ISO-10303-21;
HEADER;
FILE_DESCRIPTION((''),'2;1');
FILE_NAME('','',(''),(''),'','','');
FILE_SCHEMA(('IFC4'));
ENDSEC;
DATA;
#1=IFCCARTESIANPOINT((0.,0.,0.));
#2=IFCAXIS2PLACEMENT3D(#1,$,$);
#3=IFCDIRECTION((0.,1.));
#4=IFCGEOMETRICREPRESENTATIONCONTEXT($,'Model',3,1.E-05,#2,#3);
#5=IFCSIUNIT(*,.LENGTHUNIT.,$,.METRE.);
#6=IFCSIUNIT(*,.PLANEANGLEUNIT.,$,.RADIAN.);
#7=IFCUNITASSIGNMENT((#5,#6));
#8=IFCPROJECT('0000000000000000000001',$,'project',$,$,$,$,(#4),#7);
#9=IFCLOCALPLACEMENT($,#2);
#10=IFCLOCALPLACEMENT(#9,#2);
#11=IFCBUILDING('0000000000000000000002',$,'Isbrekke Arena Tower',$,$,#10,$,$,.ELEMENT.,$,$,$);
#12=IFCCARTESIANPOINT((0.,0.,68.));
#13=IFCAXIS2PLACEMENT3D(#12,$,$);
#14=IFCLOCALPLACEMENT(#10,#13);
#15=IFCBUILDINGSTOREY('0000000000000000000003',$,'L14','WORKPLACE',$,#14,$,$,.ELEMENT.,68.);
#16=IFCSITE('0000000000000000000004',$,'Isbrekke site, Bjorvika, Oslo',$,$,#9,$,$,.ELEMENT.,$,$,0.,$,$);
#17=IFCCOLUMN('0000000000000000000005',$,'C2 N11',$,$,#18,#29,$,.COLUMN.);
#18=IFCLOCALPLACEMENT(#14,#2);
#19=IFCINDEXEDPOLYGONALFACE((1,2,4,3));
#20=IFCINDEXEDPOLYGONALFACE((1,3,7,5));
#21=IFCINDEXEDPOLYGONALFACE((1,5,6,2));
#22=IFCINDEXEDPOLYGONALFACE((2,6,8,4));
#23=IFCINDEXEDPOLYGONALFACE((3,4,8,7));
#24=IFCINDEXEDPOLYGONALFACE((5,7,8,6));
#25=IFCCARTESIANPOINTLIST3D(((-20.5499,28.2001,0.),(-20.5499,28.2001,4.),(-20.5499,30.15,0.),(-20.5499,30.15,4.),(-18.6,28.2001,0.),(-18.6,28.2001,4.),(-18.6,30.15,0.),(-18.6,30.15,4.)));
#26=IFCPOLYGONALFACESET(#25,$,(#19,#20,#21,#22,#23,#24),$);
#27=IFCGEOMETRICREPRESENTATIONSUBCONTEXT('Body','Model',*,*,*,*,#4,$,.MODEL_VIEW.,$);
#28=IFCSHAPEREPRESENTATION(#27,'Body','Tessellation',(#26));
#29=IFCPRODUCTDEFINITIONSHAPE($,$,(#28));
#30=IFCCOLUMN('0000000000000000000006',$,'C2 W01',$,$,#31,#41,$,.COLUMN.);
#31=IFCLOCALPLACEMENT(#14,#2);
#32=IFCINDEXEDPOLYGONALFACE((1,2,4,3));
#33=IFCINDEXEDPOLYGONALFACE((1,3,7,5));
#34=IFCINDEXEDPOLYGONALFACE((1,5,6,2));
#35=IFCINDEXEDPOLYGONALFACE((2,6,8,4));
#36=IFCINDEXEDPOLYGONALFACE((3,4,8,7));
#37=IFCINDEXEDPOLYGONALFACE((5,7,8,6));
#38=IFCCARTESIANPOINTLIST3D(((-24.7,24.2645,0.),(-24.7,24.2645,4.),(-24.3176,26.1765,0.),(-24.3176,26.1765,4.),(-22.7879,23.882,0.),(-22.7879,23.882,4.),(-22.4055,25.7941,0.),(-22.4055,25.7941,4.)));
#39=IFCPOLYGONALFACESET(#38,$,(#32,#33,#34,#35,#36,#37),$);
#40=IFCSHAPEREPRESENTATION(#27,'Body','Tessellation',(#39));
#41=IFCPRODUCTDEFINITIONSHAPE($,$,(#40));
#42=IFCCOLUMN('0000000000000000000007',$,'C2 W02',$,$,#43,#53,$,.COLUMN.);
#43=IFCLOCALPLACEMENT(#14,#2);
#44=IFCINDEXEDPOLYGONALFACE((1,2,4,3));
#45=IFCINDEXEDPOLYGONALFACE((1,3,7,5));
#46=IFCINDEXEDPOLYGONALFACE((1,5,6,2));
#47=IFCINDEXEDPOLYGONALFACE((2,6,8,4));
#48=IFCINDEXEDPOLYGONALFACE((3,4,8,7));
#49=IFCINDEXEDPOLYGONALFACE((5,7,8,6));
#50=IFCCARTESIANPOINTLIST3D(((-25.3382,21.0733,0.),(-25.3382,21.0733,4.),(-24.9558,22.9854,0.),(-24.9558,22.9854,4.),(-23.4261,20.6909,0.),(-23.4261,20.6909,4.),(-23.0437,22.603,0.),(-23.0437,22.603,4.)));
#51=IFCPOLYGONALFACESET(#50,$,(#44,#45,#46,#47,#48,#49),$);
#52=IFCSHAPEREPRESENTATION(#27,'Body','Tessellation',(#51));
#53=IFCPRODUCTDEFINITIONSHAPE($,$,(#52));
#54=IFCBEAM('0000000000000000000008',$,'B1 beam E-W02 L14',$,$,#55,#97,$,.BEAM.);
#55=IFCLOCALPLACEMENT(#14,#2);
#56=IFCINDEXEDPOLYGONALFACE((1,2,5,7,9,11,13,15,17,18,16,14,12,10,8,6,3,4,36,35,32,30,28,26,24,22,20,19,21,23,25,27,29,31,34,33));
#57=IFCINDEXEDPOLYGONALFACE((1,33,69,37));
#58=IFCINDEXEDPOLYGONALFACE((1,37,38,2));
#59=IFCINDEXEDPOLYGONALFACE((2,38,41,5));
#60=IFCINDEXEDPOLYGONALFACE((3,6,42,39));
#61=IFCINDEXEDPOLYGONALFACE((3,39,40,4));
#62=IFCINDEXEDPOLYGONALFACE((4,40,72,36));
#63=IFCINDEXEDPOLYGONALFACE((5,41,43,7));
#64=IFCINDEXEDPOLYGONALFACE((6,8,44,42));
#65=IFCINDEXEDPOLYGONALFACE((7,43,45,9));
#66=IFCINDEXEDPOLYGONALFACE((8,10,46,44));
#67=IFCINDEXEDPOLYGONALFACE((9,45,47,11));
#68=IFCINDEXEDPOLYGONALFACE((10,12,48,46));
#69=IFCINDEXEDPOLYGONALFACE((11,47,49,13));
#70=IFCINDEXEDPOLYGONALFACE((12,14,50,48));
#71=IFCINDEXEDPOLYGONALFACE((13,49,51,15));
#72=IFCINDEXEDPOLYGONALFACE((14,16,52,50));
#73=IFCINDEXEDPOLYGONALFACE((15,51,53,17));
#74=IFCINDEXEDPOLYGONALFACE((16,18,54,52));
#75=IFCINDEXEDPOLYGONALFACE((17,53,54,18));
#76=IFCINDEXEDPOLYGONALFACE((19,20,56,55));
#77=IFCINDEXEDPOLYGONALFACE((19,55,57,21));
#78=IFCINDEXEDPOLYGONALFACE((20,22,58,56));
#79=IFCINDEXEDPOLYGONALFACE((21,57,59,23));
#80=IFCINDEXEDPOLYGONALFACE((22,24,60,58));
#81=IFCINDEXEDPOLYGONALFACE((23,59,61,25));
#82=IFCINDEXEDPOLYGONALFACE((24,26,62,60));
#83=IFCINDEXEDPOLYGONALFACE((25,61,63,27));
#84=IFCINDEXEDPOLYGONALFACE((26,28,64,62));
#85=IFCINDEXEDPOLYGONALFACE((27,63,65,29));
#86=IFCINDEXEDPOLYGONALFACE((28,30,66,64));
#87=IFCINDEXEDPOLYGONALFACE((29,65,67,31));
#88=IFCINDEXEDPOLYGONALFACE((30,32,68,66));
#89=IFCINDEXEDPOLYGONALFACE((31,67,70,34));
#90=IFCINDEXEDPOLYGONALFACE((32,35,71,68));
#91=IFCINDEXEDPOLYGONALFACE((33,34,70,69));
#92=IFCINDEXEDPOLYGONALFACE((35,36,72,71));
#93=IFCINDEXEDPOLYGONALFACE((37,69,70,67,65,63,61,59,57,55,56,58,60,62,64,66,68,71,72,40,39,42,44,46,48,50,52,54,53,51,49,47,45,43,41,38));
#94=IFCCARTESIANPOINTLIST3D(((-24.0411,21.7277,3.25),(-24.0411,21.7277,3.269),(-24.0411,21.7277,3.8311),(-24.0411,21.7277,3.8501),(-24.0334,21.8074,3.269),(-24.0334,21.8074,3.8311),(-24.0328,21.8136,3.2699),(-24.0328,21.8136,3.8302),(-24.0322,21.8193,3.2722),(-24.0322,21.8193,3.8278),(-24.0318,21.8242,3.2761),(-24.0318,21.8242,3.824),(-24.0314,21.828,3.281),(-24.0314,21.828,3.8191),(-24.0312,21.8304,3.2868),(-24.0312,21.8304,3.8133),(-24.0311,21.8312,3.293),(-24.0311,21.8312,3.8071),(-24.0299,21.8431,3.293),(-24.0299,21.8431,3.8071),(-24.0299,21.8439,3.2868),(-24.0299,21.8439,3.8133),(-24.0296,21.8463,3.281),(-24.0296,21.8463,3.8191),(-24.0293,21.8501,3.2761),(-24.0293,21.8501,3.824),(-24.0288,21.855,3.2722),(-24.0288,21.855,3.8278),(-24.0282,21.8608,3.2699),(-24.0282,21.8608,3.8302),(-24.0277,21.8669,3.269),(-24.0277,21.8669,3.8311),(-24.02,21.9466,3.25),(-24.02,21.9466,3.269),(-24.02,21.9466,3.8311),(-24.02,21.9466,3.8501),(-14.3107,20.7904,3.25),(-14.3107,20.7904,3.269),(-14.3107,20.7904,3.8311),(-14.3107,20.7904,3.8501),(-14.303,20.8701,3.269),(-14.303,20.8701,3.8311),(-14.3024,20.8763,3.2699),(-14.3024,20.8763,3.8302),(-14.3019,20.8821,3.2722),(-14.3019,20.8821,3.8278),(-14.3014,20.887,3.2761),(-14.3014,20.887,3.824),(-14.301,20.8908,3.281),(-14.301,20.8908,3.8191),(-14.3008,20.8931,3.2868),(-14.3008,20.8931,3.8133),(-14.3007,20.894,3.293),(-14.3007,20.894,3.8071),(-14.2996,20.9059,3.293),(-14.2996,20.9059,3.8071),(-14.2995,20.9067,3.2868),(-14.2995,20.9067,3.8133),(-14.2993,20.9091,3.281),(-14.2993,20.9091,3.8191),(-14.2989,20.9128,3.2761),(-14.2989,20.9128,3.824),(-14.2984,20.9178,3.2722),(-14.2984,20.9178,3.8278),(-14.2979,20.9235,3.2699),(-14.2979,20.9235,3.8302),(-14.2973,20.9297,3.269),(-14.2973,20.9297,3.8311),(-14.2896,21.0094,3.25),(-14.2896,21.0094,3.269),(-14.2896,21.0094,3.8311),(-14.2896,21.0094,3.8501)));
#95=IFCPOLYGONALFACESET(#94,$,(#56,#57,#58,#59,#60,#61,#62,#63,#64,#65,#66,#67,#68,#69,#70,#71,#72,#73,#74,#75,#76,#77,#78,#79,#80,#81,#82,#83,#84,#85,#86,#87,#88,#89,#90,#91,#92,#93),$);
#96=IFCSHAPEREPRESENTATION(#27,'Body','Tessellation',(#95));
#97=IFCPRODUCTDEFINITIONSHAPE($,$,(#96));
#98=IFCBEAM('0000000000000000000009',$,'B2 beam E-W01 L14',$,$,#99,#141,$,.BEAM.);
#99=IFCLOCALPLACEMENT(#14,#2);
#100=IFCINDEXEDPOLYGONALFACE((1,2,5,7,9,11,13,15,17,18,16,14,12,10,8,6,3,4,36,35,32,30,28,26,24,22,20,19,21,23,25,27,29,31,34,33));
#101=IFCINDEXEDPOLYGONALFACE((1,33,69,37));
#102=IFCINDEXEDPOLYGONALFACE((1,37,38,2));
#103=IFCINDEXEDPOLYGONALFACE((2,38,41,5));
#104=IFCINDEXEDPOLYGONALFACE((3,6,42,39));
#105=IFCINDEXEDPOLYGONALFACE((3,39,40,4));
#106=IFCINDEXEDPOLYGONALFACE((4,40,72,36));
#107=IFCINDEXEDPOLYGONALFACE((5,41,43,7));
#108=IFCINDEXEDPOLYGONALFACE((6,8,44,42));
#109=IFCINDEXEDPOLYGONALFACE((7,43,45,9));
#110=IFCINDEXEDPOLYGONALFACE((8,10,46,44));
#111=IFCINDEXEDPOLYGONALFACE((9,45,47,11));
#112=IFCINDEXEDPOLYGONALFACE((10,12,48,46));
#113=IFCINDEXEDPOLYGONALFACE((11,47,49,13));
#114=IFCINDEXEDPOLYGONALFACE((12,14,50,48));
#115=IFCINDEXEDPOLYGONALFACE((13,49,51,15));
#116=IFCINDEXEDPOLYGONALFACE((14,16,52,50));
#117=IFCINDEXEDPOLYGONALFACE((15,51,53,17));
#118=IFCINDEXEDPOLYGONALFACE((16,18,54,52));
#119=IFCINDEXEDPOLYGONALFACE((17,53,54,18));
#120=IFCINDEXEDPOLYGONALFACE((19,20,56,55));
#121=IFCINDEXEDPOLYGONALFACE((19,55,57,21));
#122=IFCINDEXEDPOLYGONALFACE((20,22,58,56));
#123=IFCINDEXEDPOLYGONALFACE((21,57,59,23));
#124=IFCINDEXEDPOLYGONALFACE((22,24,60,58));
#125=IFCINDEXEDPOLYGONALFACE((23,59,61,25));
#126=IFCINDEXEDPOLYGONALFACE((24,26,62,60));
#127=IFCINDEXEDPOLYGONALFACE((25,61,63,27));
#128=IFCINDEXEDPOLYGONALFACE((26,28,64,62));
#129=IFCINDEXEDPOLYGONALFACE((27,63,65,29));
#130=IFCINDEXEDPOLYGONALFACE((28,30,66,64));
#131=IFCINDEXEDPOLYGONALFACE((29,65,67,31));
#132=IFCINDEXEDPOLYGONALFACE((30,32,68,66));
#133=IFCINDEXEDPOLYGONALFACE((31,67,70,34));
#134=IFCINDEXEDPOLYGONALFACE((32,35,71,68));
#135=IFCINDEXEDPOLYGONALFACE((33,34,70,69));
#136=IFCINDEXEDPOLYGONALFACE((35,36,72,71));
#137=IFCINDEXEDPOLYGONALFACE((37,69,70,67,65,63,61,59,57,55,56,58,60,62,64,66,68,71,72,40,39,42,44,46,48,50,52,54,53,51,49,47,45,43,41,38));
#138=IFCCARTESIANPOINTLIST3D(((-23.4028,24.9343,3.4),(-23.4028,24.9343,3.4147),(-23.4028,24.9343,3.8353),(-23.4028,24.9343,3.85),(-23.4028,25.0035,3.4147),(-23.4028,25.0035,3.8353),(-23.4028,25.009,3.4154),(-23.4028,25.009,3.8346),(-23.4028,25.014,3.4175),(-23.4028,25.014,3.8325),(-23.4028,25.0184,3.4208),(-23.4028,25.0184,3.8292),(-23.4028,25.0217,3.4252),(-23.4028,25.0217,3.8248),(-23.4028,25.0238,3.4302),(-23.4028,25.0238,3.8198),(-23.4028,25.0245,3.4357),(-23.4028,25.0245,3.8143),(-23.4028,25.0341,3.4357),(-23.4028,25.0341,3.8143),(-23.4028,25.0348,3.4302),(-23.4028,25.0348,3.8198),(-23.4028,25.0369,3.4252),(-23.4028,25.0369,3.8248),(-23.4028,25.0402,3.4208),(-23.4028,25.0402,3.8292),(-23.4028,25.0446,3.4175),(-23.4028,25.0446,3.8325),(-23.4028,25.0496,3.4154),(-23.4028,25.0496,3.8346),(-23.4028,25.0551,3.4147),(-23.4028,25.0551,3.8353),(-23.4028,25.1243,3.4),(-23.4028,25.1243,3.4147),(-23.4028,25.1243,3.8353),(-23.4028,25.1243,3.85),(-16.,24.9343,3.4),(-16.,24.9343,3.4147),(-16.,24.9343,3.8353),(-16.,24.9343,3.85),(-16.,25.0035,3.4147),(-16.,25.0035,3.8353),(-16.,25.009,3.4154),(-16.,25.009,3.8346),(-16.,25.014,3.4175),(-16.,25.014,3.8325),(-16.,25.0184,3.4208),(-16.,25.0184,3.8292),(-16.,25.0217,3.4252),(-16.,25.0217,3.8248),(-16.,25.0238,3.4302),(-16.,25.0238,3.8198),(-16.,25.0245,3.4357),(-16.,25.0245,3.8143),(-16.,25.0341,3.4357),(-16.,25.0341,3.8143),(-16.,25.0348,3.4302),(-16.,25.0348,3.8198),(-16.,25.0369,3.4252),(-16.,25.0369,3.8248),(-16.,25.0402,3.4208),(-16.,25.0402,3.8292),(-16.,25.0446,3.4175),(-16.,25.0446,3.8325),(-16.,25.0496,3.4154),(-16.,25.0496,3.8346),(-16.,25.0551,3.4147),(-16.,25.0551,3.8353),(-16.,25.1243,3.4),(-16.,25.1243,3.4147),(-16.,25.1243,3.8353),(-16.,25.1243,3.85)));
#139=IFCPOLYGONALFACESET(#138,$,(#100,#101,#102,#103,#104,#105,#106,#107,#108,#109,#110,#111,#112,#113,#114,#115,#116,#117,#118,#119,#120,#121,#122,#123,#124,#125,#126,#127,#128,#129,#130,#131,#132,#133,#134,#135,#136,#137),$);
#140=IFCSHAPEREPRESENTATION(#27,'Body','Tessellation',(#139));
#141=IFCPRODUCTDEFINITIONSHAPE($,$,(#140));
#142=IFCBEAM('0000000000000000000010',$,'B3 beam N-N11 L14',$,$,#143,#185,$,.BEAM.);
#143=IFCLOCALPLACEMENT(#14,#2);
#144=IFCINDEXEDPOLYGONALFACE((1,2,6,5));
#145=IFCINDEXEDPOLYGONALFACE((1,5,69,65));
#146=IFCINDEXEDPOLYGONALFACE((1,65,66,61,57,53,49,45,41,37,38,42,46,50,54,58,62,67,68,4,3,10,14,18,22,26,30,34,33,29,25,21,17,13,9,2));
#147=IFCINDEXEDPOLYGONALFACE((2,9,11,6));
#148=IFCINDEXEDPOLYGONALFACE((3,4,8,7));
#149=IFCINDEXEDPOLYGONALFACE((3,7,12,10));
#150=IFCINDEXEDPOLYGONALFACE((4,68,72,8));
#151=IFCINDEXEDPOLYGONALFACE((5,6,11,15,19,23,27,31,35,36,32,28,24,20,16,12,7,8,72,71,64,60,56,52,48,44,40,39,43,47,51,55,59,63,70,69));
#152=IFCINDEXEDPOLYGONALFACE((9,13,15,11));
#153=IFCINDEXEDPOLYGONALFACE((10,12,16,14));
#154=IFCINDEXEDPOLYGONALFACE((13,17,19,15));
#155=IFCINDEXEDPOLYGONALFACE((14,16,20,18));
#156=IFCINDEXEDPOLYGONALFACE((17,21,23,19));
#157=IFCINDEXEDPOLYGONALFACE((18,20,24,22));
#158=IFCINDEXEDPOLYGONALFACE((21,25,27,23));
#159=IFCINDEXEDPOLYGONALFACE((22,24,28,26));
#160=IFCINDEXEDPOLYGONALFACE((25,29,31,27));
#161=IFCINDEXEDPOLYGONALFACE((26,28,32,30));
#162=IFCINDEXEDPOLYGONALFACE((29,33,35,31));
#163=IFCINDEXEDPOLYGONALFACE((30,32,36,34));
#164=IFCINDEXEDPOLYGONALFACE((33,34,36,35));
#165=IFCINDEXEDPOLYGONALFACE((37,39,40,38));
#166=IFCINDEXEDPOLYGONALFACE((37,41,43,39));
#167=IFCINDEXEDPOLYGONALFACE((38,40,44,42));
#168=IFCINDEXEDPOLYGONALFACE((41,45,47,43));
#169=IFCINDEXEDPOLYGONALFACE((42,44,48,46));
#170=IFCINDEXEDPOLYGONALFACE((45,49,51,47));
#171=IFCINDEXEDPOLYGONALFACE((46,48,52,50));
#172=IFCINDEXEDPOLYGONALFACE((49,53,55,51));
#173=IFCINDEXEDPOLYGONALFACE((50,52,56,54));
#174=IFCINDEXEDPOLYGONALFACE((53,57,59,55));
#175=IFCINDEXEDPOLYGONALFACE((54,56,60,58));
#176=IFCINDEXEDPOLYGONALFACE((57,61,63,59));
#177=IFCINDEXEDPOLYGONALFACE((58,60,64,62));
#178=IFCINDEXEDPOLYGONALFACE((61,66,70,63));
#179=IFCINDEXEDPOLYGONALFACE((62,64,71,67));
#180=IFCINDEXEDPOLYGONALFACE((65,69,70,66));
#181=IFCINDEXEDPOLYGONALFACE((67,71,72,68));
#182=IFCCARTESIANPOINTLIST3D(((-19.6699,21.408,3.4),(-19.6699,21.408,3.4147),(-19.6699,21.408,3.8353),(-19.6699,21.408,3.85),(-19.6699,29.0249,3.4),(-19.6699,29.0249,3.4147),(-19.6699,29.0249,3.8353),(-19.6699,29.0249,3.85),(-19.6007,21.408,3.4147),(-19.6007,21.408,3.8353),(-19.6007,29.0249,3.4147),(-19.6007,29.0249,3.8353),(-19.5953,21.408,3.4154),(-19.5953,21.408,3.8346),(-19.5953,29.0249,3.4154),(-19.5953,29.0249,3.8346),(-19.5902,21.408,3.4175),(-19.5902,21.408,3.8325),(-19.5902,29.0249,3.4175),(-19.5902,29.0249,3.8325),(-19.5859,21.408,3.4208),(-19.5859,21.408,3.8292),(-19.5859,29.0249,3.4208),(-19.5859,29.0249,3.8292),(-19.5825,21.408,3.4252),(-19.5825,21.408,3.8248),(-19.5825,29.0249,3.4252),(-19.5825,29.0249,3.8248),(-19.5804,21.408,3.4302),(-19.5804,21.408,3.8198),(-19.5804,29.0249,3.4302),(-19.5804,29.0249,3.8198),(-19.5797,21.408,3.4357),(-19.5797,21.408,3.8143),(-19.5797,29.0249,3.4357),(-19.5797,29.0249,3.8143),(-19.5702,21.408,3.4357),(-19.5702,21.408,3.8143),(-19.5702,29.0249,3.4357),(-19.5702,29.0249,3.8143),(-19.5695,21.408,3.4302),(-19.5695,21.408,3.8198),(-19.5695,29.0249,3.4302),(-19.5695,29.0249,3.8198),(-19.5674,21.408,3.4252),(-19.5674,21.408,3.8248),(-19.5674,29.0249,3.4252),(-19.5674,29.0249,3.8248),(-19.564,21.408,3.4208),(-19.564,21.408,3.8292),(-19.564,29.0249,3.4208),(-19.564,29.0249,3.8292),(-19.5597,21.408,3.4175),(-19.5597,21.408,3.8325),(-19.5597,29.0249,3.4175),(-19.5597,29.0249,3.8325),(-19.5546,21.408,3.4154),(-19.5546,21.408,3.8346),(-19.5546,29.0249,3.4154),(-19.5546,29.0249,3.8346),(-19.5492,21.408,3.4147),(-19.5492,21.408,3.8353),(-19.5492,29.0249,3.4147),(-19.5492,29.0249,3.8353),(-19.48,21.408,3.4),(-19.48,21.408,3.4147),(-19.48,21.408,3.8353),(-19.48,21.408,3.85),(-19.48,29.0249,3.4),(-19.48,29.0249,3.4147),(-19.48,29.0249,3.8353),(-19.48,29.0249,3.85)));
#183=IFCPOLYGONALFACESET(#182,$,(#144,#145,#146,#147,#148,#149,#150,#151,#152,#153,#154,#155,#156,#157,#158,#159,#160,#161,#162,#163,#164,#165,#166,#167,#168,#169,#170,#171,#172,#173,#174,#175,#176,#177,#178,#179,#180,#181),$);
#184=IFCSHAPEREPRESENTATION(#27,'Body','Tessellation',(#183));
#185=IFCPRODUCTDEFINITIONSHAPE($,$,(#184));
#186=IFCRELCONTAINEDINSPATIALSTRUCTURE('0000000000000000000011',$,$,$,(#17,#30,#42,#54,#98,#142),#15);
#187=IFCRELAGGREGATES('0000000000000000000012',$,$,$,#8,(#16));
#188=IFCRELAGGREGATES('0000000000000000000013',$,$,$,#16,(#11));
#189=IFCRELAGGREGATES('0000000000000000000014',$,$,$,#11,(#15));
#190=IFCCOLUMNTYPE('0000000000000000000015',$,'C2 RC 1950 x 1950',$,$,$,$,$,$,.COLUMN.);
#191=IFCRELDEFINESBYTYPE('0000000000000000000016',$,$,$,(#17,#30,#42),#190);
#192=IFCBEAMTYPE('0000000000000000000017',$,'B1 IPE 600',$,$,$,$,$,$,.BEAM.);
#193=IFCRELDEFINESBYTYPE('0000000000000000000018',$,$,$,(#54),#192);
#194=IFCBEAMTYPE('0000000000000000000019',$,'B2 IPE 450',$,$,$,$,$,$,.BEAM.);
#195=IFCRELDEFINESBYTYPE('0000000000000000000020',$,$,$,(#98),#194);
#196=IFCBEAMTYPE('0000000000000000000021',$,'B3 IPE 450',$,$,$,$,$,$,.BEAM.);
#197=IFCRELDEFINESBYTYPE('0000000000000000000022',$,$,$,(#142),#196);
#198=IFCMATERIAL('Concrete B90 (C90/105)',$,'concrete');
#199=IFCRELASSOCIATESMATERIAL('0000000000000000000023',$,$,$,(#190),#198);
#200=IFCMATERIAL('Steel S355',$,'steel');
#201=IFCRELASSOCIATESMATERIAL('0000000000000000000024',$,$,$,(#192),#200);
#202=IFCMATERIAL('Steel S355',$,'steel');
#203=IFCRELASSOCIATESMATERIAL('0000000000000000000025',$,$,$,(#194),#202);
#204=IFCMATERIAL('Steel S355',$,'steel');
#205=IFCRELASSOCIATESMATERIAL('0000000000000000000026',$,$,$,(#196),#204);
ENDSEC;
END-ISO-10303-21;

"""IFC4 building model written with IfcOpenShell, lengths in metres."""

from ifc_helpers import new_model, si_unit, direction, frame, origin, origin_2d, place, context, subcontext, project, spatial, rectangle, i_section, extrude, material, material_profile, profile_set, type_object, element, save


model = new_model("IFC4")

# Units and contexts
model_context = context("Model", 3, precision=1e-05, world=origin(), true_north=direction((0.0, 1.0)))
body_context = subcontext(model_context, "Body", "Model", "MODEL_VIEW")
ifc_project = project(units=[si_unit("LENGTHUNIT", "METRE"), si_unit("PLANEANGLEUNIT", "RADIAN")], contexts=[model_context])

# Site, building, storey
site_placement = place(None, origin())
site = spatial("IfcSite", under=ifc_project, at=site_placement, Name="Isbrekke site, Bjorvika, Oslo", CompositionType="ELEMENT", RefElevation=0.0)
building_placement = place(site_placement, origin())
building = spatial("IfcBuilding", under=site, at=building_placement, Name="Isbrekke Arena Tower", CompositionType="ELEMENT")
storey_placement = place(building_placement, frame((0.0, 0.0, 68.0)))
storey = spatial("IfcBuildingStorey", under=building, at=storey_placement, Name="L14", Description="WORKPLACE", CompositionType="ELEMENT", Elevation=68.0)

# Columns
ifc_material_1 = material(Name="Concrete B90 (C90/105)", Category="concrete")
ifc_material_profile_1 = material_profile(ifc_material_1, rectangle(XDim=1.95, YDim=1.95, at=origin_2d()), Name="RC 1950x1950")
ifc_profile_set_1 = profile_set([ifc_material_profile_1], Name="Concrete B90 (C90/105)")
column_type = type_object("IfcColumnType", Name="C2 RC 1950 x 1950", PredefinedType="COLUMN", material=ifc_profile_set_1)
for number, where, z_axis, x_axis, name in (
    (1, (-19.575, 29.175, 0.0), (0.0, 0.0, 1.0), (-1.0, 0.0, 0.0), "C2 N11"),
    (2, (-23.5527, 25.0293, 0.0), (0.0, 0.0, 1.0), (-0.196116, -0.980581, 0.0), "C2 W01"),
    (3, (-24.1909, 21.8381, 0.0), (0.0, 0.0, 1.0), (-0.196116, -0.980581, 0.0), "C2 W02"),
):
    element("IfcColumn", number, at=place(storey_placement, frame(where, z_axis=z_axis, x_axis=x_axis)), inside=storey, type_object=column_type, Name=name, PredefinedType="COLUMN", context=body_context, shape_type="SweptSolid", body=[
        extrude(rectangle(XDim=1.95, YDim=1.95, at=origin_2d()), origin(), (0.0, 0.0, 1.0), 4.0),
    ])

# Beams
ifc_material_2 = material(Name="Steel S355", Category="steel")
ifc_material_profile_2 = material_profile(ifc_material_2, i_section(OverallWidth=0.22, OverallDepth=0.6001, WebThickness=0.012, FlangeThickness=0.019, FilletRadius=0.0239, at=origin_2d()), Name="IPE 600")
ifc_profile_set_2 = profile_set([ifc_material_profile_2], Name="Steel S355")
beam_type_1 = type_object("IfcBeamType", Name="B1 IPE 600", PredefinedType="BEAM", material=ifc_profile_set_2)
beam_1_placement = place(storey_placement, frame((-24.0305, 21.8372, 3.55), z_axis=(0.995393, -0.095878, 0.0), x_axis=(0.095878, 0.995393, 0.0)))
element("IfcBeam", 4, at=beam_1_placement, inside=storey, type_object=beam_type_1, Name="B1 beam E-W02 L14", PredefinedType="BEAM", context=body_context, shape_type="SweptSolid", body=[
    extrude(i_section(OverallWidth=0.22, OverallDepth=0.6001, WebThickness=0.012, FlangeThickness=0.019, FilletRadius=0.0239, at=origin_2d()), origin(), (0.0, 0.0, 1.0), 9.7754),
])
ifc_material_3 = material(Name="Steel S355", Category="steel")
ifc_material_profile_3 = material_profile(ifc_material_3, i_section(OverallWidth=0.1899, OverallDepth=0.45, WebThickness=0.0095, FlangeThickness=0.0146, FilletRadius=0.021, at=origin_2d()), Name="IPE 450")
ifc_profile_set_3 = profile_set([ifc_material_profile_3], Name="Steel S355")
beam_type_2 = type_object("IfcBeamType", Name="B2 IPE 450", PredefinedType="BEAM", material=ifc_profile_set_3)
beam_2_placement = place(storey_placement, frame((-23.4028, 25.0293, 3.625), z_axis=(1.0, 0.0, 0.0), x_axis=(0.0, 1.0, 0.0)))
element("IfcBeam", 5, at=beam_2_placement, inside=storey, type_object=beam_type_2, Name="B2 beam E-W01 L14", PredefinedType="BEAM", context=body_context, shape_type="SweptSolid", body=[
    extrude(i_section(OverallWidth=0.1899, OverallDepth=0.45, WebThickness=0.0095, FlangeThickness=0.0146, FilletRadius=0.021, at=origin_2d()), origin(), (0.0, 0.0, 1.0), 7.4028),
])
ifc_material_4 = material(Name="Steel S355", Category="steel")
ifc_material_profile_4 = material_profile(ifc_material_4, i_section(OverallWidth=0.1899, OverallDepth=0.45, WebThickness=0.0095, FlangeThickness=0.0146, FilletRadius=0.021, at=origin_2d()), Name="IPE 450")
ifc_profile_set_4 = profile_set([ifc_material_profile_4], Name="Steel S355")
beam_type_3 = type_object("IfcBeamType", Name="B3 IPE 450", PredefinedType="BEAM", material=ifc_profile_set_4)
beam_3_placement = place(storey_placement, frame((-19.575, 29.0249, 3.625), z_axis=(0.0, -1.0, 0.0), x_axis=(1.0, 0.0, 0.0)))
element("IfcBeam", 6, at=beam_3_placement, inside=storey, type_object=beam_type_3, Name="B3 beam N-N11 L14", PredefinedType="BEAM", context=body_context, shape_type="SweptSolid", body=[
    extrude(i_section(OverallWidth=0.1899, OverallDepth=0.45, WebThickness=0.0095, FlangeThickness=0.0146, FilletRadius=0.021, at=origin_2d()), origin(), (0.0, 0.0, 1.0), 7.6169),
])

save(model, "model.ifc")
